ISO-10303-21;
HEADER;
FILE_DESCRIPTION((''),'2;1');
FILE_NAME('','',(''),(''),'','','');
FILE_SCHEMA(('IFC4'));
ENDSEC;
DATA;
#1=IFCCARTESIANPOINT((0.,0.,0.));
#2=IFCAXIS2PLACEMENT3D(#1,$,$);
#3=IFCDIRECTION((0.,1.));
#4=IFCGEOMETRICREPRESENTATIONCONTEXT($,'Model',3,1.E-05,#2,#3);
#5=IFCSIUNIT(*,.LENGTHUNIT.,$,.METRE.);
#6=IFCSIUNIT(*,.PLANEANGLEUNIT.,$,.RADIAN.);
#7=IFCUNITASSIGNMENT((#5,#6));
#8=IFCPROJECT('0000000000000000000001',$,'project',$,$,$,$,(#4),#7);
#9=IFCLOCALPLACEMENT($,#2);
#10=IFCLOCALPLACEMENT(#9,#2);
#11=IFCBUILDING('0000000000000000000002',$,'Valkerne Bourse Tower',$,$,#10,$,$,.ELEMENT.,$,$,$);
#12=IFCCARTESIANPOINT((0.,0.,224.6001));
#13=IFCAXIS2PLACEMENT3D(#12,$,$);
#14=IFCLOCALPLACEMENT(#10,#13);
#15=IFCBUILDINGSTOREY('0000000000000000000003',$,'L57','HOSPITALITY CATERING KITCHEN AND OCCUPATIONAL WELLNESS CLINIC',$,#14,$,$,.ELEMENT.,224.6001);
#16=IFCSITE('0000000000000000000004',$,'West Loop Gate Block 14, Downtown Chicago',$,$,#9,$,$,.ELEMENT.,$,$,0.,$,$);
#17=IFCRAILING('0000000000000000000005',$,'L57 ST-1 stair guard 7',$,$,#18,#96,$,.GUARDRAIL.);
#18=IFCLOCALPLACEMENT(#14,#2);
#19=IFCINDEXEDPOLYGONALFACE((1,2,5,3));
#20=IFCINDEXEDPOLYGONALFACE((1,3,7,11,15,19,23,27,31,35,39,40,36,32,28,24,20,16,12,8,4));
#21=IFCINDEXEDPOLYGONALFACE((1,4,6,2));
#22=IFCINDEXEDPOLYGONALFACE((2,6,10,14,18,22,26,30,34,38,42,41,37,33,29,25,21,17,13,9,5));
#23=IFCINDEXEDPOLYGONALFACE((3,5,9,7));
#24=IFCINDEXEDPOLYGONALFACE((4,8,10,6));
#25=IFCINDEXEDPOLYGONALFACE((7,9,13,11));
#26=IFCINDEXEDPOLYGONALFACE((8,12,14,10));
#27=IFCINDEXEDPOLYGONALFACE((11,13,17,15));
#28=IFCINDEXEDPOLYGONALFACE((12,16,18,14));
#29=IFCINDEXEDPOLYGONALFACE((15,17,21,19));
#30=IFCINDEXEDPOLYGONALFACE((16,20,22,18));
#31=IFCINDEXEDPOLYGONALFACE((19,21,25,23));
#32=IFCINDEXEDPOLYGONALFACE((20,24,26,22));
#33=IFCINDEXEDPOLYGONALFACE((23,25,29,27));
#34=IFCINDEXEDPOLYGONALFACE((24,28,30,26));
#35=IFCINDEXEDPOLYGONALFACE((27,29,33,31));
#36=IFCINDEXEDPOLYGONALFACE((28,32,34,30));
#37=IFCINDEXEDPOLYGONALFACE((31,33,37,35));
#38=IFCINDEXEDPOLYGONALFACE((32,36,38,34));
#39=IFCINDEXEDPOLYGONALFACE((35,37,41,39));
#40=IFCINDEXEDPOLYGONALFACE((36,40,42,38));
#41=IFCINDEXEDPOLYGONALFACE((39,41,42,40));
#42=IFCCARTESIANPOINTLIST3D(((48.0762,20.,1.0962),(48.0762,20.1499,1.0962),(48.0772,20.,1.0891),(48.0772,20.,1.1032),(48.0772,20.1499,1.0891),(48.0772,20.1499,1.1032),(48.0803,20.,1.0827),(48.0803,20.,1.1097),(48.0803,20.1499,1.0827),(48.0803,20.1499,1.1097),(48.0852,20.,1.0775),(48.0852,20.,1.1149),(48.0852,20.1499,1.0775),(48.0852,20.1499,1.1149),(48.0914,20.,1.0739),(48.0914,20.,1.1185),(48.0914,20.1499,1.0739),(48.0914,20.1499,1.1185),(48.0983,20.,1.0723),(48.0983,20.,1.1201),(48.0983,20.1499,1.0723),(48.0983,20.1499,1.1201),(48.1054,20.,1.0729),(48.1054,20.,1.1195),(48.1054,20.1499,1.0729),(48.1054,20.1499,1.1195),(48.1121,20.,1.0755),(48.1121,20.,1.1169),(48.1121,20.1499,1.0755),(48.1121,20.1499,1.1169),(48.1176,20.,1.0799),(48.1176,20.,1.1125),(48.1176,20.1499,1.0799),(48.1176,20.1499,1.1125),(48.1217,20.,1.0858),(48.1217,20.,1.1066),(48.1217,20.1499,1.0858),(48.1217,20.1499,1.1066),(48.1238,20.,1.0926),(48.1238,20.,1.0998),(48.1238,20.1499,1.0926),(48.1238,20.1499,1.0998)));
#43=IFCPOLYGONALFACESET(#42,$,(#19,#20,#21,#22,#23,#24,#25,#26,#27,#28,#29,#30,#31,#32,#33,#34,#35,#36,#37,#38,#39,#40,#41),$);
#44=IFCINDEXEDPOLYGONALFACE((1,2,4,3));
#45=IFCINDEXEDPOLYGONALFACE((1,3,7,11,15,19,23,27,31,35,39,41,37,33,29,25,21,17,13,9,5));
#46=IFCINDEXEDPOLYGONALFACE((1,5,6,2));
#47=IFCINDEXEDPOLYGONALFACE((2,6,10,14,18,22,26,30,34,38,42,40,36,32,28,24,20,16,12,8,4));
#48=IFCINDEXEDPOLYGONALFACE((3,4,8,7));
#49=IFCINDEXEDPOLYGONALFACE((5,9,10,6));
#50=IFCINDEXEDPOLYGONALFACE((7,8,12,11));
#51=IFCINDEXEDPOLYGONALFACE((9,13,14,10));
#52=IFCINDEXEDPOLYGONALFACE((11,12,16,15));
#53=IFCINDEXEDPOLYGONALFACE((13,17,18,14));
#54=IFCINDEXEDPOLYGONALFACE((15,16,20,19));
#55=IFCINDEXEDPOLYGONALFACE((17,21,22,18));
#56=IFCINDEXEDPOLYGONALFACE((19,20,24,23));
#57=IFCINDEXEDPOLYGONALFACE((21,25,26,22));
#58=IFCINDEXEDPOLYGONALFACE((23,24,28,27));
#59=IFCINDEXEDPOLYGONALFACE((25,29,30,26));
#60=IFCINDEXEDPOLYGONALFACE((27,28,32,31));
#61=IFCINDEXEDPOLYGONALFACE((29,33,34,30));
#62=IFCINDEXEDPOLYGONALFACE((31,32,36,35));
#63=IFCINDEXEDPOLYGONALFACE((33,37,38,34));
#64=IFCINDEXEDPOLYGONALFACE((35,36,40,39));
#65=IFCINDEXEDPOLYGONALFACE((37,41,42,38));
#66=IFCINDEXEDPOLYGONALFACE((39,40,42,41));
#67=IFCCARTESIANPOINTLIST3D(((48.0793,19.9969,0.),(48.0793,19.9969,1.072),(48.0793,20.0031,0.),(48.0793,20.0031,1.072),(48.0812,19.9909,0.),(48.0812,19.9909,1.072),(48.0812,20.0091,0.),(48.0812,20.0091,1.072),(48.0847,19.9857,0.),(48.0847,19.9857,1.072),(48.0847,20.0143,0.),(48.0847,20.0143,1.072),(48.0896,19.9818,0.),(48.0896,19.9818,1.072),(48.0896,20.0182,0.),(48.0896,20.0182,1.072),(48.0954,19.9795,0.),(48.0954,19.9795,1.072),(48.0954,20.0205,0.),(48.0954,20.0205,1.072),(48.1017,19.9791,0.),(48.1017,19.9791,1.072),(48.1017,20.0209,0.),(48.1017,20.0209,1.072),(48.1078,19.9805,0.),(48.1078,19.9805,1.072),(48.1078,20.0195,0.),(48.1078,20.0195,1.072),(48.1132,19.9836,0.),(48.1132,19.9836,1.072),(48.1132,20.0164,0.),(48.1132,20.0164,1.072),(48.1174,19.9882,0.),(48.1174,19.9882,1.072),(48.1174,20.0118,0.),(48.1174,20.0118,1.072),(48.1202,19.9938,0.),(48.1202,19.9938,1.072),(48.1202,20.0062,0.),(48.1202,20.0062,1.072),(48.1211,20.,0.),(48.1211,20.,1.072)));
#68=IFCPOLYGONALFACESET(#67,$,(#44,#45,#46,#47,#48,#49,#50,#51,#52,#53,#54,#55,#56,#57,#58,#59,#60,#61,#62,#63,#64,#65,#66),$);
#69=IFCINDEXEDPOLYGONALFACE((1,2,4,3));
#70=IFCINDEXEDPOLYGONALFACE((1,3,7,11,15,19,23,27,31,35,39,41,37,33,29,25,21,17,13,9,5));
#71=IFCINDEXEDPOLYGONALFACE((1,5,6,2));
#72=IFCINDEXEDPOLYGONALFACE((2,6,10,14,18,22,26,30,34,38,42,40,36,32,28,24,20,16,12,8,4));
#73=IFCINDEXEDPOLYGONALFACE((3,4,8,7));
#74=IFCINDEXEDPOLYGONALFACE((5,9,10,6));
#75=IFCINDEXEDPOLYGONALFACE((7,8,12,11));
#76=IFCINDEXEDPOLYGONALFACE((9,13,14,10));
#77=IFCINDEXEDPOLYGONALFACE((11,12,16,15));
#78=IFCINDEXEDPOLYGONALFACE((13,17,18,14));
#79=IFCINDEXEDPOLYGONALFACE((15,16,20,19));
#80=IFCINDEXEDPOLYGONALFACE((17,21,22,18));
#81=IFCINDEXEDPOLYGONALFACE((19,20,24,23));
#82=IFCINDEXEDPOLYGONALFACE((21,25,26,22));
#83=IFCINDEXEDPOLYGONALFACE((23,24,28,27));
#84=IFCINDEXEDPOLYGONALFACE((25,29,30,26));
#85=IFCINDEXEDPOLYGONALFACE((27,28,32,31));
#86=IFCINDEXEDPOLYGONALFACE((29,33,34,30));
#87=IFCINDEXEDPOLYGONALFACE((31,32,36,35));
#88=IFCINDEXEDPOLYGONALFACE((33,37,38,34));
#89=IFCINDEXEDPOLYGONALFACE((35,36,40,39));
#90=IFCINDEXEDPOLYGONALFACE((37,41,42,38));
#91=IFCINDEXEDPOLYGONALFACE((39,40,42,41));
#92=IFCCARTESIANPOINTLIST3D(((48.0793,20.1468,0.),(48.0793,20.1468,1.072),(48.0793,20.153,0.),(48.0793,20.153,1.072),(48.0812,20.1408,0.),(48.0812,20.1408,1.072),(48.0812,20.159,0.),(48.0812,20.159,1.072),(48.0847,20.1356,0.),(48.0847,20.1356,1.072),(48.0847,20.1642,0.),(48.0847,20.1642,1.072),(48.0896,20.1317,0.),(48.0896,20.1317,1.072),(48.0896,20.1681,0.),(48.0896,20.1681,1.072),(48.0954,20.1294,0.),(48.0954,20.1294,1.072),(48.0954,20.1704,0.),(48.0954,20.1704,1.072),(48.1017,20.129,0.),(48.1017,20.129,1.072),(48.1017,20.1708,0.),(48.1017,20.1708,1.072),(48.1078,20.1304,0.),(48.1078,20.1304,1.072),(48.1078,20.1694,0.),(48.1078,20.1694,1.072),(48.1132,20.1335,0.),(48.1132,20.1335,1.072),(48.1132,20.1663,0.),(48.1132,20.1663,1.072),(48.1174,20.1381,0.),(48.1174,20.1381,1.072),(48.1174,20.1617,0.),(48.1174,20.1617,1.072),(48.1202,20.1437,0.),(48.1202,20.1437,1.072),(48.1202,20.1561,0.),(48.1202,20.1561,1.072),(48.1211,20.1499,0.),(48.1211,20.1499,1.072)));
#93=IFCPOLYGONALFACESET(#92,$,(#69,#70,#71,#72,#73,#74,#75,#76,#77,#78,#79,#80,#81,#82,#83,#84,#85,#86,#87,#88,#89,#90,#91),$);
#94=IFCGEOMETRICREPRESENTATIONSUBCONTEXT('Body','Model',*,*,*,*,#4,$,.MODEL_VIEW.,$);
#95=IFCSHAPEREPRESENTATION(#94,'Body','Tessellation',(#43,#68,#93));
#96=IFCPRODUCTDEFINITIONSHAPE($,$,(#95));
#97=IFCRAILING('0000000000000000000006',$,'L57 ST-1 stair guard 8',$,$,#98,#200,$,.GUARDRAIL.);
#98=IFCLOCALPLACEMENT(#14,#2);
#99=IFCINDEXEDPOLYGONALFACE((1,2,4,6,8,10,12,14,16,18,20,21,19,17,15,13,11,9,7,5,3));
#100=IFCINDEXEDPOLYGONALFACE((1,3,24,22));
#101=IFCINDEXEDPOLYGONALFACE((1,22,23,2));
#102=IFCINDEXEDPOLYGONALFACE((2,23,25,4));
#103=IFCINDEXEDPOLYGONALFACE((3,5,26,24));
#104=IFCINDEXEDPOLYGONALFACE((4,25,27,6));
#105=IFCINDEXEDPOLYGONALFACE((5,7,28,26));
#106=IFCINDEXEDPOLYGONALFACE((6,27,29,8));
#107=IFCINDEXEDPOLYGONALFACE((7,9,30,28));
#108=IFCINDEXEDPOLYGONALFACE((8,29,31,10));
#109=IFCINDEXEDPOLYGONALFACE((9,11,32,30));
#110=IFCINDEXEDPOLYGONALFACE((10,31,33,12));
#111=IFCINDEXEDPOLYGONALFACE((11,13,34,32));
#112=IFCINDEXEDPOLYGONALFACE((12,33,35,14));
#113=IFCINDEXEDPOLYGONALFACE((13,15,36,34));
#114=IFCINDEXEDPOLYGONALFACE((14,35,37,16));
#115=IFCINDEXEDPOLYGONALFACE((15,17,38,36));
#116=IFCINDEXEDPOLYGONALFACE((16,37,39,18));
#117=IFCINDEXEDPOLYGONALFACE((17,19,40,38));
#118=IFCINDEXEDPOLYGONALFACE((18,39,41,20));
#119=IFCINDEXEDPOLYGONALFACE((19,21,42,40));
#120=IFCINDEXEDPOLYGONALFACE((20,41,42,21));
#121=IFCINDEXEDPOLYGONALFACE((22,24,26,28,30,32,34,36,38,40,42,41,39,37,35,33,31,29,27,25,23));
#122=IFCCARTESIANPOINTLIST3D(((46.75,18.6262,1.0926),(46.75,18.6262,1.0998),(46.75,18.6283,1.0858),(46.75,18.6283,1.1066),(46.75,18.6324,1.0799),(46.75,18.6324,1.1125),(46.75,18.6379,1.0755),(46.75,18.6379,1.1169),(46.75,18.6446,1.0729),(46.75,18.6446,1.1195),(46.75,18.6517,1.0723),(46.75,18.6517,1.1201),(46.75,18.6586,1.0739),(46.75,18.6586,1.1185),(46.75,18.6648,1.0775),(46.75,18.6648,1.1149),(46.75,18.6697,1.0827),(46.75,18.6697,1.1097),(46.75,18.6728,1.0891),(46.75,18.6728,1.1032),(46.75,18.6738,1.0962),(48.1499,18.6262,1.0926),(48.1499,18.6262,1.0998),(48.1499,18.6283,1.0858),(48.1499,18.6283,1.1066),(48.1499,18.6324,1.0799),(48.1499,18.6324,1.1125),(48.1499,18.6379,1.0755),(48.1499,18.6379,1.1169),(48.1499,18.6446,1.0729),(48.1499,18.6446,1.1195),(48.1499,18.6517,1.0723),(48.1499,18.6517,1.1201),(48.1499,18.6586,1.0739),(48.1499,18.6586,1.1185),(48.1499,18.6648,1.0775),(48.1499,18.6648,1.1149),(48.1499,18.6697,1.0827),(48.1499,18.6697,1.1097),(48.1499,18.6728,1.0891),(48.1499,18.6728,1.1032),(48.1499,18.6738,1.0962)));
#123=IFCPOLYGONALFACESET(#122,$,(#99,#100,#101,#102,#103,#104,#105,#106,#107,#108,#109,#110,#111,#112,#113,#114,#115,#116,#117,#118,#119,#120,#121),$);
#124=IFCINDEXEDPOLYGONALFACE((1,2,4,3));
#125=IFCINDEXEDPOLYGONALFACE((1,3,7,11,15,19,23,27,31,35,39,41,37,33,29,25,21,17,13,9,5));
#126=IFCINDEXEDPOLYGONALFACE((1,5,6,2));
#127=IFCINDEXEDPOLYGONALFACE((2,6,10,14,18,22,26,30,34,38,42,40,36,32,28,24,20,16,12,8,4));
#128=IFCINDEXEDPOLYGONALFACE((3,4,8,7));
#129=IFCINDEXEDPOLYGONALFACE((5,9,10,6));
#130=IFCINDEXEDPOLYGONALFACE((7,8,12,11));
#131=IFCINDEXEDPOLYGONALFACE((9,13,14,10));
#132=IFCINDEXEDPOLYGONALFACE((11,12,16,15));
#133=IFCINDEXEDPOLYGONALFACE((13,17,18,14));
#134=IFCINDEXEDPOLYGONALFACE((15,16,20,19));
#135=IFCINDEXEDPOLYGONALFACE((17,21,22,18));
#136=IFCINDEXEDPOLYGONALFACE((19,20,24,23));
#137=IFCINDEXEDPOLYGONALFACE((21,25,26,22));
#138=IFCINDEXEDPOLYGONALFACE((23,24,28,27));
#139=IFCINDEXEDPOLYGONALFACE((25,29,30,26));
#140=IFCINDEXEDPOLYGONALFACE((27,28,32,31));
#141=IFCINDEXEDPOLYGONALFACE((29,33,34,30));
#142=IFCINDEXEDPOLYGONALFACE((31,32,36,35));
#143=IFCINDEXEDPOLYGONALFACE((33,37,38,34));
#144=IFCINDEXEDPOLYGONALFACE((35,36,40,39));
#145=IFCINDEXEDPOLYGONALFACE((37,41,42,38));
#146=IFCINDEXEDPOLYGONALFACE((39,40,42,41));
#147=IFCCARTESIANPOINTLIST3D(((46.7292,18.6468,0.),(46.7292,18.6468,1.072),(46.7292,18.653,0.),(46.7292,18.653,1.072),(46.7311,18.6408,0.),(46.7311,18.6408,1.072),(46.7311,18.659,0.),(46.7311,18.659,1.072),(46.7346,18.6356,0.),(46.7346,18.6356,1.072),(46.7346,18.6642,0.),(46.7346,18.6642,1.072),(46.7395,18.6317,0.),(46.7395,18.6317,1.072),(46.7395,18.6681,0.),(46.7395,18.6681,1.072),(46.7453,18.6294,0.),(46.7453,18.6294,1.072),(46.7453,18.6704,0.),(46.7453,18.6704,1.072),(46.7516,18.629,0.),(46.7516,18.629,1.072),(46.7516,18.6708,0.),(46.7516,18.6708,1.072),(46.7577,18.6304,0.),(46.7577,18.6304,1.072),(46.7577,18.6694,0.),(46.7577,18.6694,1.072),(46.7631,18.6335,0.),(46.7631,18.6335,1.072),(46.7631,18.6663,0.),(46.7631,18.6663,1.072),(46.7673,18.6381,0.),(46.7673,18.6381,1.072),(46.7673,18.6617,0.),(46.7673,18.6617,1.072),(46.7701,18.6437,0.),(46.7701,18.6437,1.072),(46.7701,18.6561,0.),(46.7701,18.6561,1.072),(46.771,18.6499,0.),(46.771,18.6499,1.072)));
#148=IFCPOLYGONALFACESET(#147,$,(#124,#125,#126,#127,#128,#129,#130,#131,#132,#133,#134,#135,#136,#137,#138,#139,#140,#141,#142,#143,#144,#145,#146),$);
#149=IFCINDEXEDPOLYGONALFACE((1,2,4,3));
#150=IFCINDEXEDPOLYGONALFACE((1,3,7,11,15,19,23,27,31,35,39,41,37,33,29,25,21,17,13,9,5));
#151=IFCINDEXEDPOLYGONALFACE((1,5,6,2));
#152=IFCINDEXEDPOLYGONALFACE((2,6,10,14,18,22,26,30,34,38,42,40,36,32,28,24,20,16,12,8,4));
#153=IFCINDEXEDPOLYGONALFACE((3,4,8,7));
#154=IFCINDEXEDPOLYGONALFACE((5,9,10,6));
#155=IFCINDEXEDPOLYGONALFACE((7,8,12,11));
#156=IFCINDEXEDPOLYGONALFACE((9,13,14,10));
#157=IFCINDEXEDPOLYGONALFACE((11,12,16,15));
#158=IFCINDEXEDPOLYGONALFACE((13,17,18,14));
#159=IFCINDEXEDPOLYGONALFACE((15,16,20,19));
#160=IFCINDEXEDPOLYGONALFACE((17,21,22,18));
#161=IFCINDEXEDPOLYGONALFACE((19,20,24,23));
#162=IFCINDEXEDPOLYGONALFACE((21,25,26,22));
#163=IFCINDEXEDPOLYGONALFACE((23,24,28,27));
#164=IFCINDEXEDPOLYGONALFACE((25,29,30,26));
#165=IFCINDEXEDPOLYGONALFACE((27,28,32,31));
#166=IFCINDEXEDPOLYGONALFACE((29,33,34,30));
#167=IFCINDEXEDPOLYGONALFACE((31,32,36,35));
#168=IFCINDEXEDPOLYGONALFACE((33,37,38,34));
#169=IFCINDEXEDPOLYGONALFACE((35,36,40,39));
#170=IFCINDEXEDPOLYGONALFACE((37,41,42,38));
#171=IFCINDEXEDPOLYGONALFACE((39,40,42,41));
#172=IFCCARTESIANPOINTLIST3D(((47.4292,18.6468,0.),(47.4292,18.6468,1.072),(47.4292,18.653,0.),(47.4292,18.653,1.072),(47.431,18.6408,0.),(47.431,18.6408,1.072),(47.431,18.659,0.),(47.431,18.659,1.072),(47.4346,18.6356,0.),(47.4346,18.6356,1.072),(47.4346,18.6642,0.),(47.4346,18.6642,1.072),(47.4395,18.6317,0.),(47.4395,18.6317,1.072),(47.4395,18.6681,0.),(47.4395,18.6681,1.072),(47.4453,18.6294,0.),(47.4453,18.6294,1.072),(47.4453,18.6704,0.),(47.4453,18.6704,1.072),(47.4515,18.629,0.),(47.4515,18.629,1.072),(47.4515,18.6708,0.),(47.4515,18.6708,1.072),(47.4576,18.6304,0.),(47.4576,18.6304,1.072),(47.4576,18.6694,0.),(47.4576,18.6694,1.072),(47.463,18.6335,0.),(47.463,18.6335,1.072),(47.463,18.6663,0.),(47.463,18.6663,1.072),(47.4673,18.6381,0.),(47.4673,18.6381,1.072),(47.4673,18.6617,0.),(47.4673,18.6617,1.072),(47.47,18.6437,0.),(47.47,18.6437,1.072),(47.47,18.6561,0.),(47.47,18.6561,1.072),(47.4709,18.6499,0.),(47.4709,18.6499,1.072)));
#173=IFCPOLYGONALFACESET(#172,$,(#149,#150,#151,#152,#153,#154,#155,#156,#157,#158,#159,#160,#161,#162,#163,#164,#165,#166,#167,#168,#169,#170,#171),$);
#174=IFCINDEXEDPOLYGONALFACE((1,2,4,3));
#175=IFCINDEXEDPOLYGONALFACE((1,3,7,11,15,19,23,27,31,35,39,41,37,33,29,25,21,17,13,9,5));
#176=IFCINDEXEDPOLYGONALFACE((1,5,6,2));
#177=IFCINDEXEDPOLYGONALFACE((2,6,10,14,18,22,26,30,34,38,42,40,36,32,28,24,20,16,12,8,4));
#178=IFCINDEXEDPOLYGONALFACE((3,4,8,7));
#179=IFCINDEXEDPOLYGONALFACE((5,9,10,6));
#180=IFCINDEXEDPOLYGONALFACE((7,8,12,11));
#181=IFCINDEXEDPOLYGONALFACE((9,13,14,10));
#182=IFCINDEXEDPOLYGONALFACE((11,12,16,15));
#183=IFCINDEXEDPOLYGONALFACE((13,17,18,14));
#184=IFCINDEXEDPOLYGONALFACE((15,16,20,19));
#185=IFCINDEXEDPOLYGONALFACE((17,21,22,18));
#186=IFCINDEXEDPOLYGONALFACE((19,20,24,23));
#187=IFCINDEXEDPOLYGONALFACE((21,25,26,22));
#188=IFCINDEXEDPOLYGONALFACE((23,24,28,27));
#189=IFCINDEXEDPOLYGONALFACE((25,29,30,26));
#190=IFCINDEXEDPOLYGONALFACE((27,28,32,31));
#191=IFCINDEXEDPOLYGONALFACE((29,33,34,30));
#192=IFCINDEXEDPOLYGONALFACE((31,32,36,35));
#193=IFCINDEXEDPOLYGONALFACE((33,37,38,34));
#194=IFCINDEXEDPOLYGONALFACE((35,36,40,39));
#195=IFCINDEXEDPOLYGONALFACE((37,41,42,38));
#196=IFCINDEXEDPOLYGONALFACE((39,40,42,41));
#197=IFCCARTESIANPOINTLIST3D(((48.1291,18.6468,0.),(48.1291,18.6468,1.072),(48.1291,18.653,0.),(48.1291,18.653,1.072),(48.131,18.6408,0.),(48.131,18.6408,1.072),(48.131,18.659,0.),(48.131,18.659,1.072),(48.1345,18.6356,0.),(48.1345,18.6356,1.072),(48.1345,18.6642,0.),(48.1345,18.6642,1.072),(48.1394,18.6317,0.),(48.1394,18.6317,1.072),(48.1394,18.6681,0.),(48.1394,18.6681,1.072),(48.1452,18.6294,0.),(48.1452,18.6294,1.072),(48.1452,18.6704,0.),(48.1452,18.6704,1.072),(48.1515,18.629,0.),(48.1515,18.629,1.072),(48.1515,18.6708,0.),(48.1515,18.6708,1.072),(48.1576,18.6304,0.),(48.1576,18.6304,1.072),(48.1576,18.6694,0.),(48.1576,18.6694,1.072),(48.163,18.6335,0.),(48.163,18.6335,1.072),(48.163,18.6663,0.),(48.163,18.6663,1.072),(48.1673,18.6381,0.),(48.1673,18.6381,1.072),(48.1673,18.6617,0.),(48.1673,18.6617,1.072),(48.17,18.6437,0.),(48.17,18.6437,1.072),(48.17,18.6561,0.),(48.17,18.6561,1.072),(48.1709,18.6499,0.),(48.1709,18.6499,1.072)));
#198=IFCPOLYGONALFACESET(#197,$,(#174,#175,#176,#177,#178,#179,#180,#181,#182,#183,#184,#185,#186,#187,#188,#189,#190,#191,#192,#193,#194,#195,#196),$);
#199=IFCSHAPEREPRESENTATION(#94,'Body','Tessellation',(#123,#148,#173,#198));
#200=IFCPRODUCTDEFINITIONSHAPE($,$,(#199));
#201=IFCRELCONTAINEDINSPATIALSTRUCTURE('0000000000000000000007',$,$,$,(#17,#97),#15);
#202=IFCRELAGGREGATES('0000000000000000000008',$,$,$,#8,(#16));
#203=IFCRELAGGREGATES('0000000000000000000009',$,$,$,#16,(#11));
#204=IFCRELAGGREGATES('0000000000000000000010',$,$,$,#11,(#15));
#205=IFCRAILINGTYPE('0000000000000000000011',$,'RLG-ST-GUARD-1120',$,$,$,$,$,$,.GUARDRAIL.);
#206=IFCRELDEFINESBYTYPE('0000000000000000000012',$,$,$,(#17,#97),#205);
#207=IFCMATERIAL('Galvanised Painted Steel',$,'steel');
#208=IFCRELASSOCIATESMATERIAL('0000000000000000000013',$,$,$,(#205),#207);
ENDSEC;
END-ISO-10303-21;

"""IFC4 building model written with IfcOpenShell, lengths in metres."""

from ifc_helpers import new_model, si_unit, direction, frame, origin, origin_2d, place, context, subcontext, project, spatial, circle, extrude, material, type_object, element, save


model = new_model("IFC4")

# Units and contexts
model_context = context("Model", 3, precision=1e-05, world=origin(), true_north=direction((0.0, 1.0)))
body_context = subcontext(model_context, "Body", "Model", "MODEL_VIEW")
ifc_project = project(units=[si_unit("LENGTHUNIT", "METRE"), si_unit("PLANEANGLEUNIT", "RADIAN")], contexts=[model_context])

# Site, building, storey
site_placement = place(None, origin())
site = spatial("IfcSite", under=ifc_project, at=site_placement, Name="West Loop Gate Block 14, Downtown Chicago", CompositionType="ELEMENT", RefElevation=0.0)
building_placement = place(site_placement, origin())
building = spatial("IfcBuilding", under=site, at=building_placement, Name="Valkerne Bourse Tower", CompositionType="ELEMENT")
storey_placement = place(building_placement, frame((0.0, 0.0, 224.6001)))
storey = spatial("IfcBuildingStorey", under=building, at=storey_placement, Name="L57", Description="HOSPITALITY CATERING KITCHEN AND OCCUPATIONAL WELLNESS CLINIC", CompositionType="ELEMENT", Elevation=224.6001)

# Shared definitions
ifc_material_1 = material(Name="Galvanised Painted Steel", Category="steel")

# Railings
railing_type_1 = type_object("IfcRailingType", Name="RLG-ST-GUARD-1120", PredefinedType="GUARDRAIL", material=ifc_material_1)
railing_1_placement = place(storey_placement, frame((48.1001, 20.0, 0.0)))
element("IfcRailing", 1, at=railing_1_placement, inside=storey, type_object=railing_type_1, Name="L57 ST-1 stair guard 7", PredefinedType="GUARDRAIL", context=body_context, shape_type="SweptSolid", body=[
    extrude(circle(Radius=0.0239, at=origin_2d()), frame((0.0, 0.0, 1.0962), z_axis=(0.0, 1.0, 0.0), x_axis=(-1.0, 0.0, 0.0)), (0.0, 0.0, 1.0), 0.1499),
    extrude(circle(Radius=0.021, at=origin_2d()), origin(), (0.0, 0.0, 1.0), 1.072),
    extrude(circle(Radius=0.021, at=origin_2d()), frame((0.0, 0.1499, 0.0)), (0.0, 0.0, 1.0), 1.072),
])
for number, where, name in (
    (2, (46.75, 18.6499, 0.0), "L57 ST-1 stair guard 8"),
):
    element("IfcRailing", number, at=place(storey_placement, frame(where)), inside=storey, type_object=railing_type_1, Name=name, PredefinedType="GUARDRAIL", context=body_context, shape_type="SweptSolid", body=[
        extrude(circle(Radius=0.0239, at=origin_2d()), frame((0.0, 0.0, 1.0962), z_axis=(1.0, 0.0, 0.0), x_axis=(0.0, 1.0, 0.0)), (0.0, 0.0, 1.0), 1.3999),
        extrude(circle(Radius=0.021, at=origin_2d()), origin(), (0.0, 0.0, 1.0), 1.072),
        extrude(circle(Radius=0.021, at=origin_2d()), frame((0.7, 0.0, 0.0)), (0.0, 0.0, 1.0), 1.072),
        extrude(circle(Radius=0.021, at=origin_2d()), frame((1.3999, 0.0, 0.0)), (0.0, 0.0, 1.0), 1.072),
    ])

save(model, "model.ifc")
